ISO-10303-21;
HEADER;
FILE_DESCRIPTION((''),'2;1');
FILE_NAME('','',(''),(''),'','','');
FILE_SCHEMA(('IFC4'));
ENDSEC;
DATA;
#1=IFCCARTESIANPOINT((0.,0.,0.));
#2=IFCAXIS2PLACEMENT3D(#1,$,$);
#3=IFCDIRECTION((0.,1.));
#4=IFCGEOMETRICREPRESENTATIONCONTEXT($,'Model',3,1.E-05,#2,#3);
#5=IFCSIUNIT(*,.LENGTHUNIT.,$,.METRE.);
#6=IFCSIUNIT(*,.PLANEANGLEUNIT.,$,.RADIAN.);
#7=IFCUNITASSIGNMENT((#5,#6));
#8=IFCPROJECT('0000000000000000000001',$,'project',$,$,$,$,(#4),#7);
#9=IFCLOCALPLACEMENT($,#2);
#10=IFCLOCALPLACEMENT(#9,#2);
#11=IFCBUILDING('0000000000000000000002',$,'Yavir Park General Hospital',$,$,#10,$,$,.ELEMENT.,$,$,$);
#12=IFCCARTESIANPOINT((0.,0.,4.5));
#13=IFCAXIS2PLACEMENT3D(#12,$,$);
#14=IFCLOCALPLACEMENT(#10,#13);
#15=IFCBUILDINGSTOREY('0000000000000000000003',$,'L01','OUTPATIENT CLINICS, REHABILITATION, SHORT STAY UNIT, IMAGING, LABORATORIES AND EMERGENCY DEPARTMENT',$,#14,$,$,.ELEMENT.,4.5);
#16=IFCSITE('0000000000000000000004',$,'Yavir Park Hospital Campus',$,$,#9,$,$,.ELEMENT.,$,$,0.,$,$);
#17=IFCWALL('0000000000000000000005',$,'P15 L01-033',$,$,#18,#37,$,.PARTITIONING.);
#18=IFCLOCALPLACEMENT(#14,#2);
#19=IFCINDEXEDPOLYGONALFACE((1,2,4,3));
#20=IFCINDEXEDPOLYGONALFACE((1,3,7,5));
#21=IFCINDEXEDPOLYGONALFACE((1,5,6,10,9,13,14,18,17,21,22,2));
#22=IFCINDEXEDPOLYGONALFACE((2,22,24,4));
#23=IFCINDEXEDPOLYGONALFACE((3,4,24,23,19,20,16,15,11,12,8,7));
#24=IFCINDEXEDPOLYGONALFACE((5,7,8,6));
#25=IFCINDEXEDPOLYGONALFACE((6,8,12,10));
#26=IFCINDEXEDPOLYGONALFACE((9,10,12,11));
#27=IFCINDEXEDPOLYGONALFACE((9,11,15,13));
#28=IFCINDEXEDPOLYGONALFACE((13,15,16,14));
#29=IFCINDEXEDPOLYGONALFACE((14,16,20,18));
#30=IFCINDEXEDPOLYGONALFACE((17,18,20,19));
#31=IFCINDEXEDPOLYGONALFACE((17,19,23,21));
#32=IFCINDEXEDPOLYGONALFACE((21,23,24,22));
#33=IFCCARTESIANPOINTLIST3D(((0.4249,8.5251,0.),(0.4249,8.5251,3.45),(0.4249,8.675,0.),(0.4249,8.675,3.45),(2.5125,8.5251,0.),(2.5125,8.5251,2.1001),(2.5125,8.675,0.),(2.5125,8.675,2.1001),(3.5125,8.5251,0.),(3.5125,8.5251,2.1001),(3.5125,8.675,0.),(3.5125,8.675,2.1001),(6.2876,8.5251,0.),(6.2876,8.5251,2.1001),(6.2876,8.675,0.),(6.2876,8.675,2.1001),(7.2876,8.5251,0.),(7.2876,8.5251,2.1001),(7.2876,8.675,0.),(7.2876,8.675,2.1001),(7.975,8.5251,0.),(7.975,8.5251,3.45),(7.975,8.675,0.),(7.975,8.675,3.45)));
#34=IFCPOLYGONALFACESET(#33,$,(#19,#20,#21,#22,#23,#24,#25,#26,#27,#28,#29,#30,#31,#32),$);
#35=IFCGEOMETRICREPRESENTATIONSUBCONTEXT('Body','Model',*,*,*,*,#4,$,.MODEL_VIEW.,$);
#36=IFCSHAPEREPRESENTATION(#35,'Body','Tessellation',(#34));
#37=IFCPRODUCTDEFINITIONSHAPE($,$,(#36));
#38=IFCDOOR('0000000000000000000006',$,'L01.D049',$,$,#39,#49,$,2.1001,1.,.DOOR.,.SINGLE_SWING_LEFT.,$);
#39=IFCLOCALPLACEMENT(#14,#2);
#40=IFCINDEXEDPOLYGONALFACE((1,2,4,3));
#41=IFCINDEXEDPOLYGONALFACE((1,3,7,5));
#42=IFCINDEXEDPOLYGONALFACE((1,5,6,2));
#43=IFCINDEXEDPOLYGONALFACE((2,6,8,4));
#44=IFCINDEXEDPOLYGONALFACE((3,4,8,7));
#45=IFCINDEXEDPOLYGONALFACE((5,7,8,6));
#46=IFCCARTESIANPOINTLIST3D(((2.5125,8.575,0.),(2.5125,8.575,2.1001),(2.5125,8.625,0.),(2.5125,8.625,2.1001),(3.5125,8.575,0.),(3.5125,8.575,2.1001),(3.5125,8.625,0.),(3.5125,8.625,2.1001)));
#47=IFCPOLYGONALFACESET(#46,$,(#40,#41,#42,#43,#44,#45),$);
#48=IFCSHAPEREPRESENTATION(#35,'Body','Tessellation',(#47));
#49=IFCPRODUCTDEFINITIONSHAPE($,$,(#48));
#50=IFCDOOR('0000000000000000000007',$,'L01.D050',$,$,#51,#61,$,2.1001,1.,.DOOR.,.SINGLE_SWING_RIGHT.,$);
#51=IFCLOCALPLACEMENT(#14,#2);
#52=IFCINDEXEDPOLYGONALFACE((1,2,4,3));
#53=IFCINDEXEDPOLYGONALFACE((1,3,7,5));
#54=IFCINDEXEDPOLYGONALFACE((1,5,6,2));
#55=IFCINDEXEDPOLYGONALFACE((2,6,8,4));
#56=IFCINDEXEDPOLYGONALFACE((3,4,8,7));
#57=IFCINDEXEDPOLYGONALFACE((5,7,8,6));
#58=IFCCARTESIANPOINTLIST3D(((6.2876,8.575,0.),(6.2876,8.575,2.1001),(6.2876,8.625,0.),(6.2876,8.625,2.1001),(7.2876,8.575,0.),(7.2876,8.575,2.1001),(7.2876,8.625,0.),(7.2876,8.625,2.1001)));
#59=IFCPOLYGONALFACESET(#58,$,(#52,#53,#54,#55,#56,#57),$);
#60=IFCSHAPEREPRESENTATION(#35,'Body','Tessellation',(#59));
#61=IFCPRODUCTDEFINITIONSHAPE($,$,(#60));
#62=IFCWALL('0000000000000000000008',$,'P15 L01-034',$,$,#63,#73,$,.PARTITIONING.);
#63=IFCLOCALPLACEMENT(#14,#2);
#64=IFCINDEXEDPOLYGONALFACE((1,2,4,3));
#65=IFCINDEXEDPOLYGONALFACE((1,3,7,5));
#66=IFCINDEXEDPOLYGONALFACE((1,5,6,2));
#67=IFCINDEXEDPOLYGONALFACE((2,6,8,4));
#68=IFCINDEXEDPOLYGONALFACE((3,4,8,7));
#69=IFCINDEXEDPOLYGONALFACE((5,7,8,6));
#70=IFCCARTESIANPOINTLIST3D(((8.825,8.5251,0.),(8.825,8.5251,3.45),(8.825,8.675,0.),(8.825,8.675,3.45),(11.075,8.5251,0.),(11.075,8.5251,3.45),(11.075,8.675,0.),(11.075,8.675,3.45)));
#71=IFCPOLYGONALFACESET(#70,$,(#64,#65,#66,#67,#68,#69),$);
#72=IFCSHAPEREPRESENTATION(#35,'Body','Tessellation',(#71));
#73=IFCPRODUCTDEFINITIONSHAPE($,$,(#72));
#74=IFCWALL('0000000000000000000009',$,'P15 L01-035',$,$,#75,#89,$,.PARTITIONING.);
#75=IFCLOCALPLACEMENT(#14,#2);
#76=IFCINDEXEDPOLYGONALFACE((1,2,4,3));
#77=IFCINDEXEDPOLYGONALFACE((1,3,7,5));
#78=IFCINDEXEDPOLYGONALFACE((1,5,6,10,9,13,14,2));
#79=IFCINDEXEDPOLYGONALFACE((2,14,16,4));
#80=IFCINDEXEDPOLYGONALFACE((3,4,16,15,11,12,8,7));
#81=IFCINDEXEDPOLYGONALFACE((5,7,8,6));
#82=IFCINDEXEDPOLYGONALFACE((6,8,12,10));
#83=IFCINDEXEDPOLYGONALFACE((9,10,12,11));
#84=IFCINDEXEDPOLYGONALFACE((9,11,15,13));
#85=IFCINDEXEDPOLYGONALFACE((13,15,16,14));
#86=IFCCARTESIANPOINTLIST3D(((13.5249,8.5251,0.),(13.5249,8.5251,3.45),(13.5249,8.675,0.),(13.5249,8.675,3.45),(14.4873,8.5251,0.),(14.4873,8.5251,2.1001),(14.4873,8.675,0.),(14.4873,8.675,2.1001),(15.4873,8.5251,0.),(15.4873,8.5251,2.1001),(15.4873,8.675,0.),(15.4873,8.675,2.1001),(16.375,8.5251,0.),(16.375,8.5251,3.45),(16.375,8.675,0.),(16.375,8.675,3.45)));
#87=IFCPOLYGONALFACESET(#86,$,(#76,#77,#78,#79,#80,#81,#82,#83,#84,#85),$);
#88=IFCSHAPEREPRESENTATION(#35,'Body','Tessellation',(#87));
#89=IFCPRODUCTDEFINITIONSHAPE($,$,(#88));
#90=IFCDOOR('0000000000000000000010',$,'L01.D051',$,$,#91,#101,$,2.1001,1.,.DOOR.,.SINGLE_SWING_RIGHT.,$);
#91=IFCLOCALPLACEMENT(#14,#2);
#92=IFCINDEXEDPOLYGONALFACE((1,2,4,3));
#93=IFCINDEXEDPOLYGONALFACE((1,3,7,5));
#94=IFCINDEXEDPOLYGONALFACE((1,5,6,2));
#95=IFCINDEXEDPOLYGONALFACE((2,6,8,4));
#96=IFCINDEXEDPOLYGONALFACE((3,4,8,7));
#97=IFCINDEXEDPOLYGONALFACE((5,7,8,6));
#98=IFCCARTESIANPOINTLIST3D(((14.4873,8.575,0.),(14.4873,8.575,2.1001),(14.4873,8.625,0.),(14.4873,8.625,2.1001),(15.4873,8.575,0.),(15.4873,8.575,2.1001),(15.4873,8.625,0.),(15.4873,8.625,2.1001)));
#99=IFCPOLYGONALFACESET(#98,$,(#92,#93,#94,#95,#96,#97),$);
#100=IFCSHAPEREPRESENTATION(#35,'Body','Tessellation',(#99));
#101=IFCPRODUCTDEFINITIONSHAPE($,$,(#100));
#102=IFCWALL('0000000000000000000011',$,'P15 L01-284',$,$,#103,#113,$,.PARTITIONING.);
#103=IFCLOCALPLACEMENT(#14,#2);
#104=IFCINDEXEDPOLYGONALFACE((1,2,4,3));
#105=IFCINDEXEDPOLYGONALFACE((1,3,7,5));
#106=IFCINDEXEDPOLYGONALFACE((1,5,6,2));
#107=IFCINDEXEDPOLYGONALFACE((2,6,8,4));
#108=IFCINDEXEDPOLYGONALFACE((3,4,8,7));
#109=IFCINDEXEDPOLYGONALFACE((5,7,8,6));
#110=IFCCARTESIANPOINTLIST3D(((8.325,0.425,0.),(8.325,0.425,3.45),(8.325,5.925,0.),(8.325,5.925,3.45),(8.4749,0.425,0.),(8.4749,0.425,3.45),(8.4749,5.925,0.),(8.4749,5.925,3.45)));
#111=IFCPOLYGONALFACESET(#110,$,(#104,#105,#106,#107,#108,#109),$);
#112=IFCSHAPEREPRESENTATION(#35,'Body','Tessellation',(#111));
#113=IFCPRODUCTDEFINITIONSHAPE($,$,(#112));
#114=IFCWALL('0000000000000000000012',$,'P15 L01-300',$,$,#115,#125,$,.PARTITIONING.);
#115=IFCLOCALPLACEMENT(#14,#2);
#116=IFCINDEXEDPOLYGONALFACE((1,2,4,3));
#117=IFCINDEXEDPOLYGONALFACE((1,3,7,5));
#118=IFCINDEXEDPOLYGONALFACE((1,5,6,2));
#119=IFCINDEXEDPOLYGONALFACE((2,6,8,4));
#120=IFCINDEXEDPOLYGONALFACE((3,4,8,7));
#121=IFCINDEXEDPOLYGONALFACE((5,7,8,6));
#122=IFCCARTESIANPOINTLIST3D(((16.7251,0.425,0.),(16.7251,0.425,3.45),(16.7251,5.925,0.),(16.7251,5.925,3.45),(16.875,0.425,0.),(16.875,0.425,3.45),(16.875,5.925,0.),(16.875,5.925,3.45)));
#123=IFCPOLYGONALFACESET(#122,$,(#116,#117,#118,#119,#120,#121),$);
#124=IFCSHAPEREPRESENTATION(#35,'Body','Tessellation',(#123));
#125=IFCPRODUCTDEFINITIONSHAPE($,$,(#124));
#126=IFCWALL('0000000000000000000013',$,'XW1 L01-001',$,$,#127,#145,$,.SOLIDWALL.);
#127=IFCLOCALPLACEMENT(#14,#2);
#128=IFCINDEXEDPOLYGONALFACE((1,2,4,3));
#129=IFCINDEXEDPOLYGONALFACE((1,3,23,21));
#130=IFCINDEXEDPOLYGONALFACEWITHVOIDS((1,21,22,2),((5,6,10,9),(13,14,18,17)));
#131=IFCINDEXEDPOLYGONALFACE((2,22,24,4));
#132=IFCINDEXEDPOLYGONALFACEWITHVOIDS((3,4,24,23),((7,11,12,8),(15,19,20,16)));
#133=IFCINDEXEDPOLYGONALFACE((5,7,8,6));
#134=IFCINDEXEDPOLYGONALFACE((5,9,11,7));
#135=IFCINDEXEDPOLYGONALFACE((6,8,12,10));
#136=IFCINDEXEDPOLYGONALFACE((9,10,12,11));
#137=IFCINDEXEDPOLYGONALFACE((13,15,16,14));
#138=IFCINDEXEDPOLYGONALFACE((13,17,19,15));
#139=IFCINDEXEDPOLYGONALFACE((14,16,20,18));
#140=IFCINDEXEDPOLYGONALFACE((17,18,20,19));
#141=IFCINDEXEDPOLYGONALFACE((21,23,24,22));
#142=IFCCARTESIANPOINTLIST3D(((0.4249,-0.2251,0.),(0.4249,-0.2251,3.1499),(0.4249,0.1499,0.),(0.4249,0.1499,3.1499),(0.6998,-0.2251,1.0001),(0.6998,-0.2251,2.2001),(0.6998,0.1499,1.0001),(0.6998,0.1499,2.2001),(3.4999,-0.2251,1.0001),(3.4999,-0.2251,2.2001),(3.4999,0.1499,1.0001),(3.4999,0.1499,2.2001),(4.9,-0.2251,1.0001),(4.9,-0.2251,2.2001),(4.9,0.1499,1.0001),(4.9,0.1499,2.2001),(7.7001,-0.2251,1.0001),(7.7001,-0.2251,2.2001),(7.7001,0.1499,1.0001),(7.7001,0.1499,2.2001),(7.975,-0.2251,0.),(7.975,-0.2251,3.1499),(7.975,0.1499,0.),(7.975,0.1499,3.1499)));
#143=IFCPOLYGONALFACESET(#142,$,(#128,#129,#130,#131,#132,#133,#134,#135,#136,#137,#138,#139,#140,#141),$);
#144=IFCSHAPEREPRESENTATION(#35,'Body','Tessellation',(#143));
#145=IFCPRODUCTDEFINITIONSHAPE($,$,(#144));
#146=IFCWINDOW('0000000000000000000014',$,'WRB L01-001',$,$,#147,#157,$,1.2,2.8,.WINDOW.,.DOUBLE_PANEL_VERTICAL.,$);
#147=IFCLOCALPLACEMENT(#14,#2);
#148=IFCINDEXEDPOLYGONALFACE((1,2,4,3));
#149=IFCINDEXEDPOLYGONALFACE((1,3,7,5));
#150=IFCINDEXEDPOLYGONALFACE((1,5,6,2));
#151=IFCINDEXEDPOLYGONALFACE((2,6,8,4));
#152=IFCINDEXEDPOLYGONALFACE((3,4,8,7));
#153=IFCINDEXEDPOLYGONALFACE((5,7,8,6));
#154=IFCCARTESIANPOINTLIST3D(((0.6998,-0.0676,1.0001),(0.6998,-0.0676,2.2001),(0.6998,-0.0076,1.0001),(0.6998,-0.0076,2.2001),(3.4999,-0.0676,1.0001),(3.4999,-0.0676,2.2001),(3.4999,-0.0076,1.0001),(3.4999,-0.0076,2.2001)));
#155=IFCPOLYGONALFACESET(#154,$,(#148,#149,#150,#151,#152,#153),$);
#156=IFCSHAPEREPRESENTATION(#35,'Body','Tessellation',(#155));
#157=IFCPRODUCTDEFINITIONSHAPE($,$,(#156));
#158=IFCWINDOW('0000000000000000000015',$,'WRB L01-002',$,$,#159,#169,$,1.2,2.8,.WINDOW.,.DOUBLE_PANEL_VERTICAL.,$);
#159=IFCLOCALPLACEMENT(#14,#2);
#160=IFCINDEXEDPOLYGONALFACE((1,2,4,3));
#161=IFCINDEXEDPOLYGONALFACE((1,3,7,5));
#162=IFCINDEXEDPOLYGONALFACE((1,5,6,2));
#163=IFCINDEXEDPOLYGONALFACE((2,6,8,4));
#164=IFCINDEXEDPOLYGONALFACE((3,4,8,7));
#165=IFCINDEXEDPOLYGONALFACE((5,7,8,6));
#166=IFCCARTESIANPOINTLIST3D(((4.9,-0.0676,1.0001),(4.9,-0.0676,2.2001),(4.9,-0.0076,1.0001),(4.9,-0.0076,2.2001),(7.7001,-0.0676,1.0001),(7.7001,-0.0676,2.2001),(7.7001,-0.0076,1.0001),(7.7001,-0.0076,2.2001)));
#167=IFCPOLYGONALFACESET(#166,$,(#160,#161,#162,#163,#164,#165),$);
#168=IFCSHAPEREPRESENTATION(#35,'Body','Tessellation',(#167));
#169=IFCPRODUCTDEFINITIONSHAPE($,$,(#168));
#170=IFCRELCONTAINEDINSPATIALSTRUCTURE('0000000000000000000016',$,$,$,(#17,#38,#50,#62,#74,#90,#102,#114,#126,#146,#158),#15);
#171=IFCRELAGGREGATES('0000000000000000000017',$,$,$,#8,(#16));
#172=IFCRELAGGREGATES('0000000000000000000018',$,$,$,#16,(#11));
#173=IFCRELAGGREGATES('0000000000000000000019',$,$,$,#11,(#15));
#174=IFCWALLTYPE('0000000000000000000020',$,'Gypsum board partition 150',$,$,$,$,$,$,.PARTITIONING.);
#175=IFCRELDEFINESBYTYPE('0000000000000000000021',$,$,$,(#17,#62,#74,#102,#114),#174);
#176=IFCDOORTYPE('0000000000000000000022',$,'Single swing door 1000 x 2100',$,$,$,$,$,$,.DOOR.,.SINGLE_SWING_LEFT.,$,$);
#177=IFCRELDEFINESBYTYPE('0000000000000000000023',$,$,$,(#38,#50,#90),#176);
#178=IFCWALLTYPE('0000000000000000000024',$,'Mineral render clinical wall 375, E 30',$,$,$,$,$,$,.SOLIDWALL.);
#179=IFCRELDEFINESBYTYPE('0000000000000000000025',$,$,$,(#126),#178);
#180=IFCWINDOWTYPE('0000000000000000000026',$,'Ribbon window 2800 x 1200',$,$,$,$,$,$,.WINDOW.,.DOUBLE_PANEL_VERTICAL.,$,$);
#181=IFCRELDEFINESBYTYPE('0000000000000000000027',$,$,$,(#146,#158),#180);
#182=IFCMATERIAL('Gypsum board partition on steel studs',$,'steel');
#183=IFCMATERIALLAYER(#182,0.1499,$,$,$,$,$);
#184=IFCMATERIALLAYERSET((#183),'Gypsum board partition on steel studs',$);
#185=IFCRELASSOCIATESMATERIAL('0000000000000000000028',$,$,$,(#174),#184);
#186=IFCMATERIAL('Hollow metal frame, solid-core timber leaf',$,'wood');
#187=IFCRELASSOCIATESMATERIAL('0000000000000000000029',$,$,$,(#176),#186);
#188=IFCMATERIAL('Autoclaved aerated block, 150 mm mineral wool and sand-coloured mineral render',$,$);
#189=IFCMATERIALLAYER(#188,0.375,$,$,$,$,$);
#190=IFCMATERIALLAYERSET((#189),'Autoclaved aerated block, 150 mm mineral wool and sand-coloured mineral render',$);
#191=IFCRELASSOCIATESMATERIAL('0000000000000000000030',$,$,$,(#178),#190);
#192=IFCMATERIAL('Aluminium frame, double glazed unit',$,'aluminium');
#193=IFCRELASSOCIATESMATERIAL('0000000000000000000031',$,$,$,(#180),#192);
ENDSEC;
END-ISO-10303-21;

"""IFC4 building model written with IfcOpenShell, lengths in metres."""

from ifc_helpers import new_model, si_unit, direction, frame, frame_2d, origin, place, context, subcontext, project, spatial, rectangle, extrude, material, layer, layer_set, type_object, element, fill, save


model = new_model("IFC4")

# Units and contexts
model_context = context("Model", 3, precision=1e-05, world=origin(), true_north=direction((0.0, 1.0)))
body_context = subcontext(model_context, "Body", "Model", "MODEL_VIEW")
ifc_project = project(units=[si_unit("LENGTHUNIT", "METRE"), si_unit("PLANEANGLEUNIT", "RADIAN")], contexts=[model_context])

# Site, building, storey
site_placement = place(None, origin())
site = spatial("IfcSite", under=ifc_project, at=site_placement, Name="Yavir Park Hospital Campus", CompositionType="ELEMENT", RefElevation=0.0)
building_placement = place(site_placement, origin())
building = spatial("IfcBuilding", under=site, at=building_placement, Name="Yavir Park General Hospital", CompositionType="ELEMENT")
storey_placement = place(building_placement, frame((0.0, 0.0, 4.5)))
storey = spatial("IfcBuildingStorey", under=building, at=storey_placement, Name="L01", Description="OUTPATIENT CLINICS, REHABILITATION, SHORT STAY UNIT, IMAGING, LABORATORIES AND EMERGENCY DEPARTMENT", CompositionType="ELEMENT", Elevation=4.5)

# Wall, openings, doors
ifc_material_1 = material(Name="Gypsum board partition on steel studs", Category="steel")
ifc_layer_1 = layer(ifc_material_1, 0.1499)
ifc_layer_set_1 = layer_set([ifc_layer_1], Name="Gypsum board partition on steel studs")
wall_type_1 = type_object("IfcWallType", Name="Gypsum board partition 150", PredefinedType="PARTITIONING", material=ifc_layer_set_1)
ifc_material_2 = material(Name="Hollow metal frame, solid-core timber leaf", Category="wood")
door_type_1 = type_object("IfcDoorType", Name="Single swing door 1000 x 2100", OperationType="SINGLE_SWING_LEFT", PredefinedType="DOOR", material=ifc_material_2)
wall_1_placement = place(storey_placement, frame((0.425, 8.6001, 0.0), z_axis=(0.0, 0.0, 1.0), x_axis=(1.0, 0.0, 0.0)))
wall_1 = element("IfcWall", 1, at=wall_1_placement, inside=storey, type_object=wall_type_1, Name="P15 L01-033", PredefinedType="PARTITIONING", context=body_context, shape_type="SweptSolid", body=[
    extrude(rectangle(XDim=7.55, YDim=0.1499, at=frame_2d((3.7749, 0.0))), origin(), (0.0, 0.0, 1.0), 3.45),
])
opening_1_placement = place(wall_1_placement, frame((2.0874, 0.0, 0.0)))
opening_1 = element("IfcOpeningElement", 2, at=opening_1_placement, cuts=wall_1, PredefinedType="OPENING", context=body_context, shape_type="SweptSolid", body=[
    extrude(rectangle(XDim=1.0, YDim=2.1001, at=frame_2d((0.5, 1.05))), frame((0.0, 0.085, 0.0), z_axis=(0.0, -1.0, 0.0), x_axis=(1.0, 0.0, 0.0)), (0.0, 0.0, 1.0), 0.1699),
])
opening_2_placement = place(wall_1_placement, frame((5.8625, 0.0, 0.0)))
opening_2 = element("IfcOpeningElement", 3, at=opening_2_placement, cuts=wall_1, PredefinedType="OPENING", context=body_context, shape_type="SweptSolid", body=[
    extrude(rectangle(XDim=1.0, YDim=2.1001, at=frame_2d((0.5, 1.05))), frame((0.0, 0.085, 0.0), z_axis=(0.0, -1.0, 0.0), x_axis=(1.0, 0.0, 0.0)), (0.0, 0.0, 1.0), 0.1699),
])
door_1_placement = place(opening_1_placement, origin())
door_1 = element("IfcDoor", 4, at=door_1_placement, inside=storey, type_object=door_type_1, Name="L01.D049", OperationType="SINGLE_SWING_LEFT", OverallHeight=2.1001, OverallWidth=1.0, PredefinedType="DOOR", context=body_context, shape_type="SweptSolid", body=[
    extrude(rectangle(XDim=1.0, YDim=2.1001, at=frame_2d((0.5, 1.05))), frame((0.0, 0.0249, 0.0), z_axis=(0.0, -1.0, 0.0), x_axis=(1.0, 0.0, 0.0)), (0.0, 0.0, 1.0), 0.05),
])
fill(opening_1, door_1)
door_2_placement = place(opening_2_placement, origin())
door_2 = element("IfcDoor", 5, at=door_2_placement, inside=storey, type_object=door_type_1, Name="L01.D050", OperationType="SINGLE_SWING_RIGHT", OverallHeight=2.1001, OverallWidth=1.0, PredefinedType="DOOR", context=body_context, shape_type="SweptSolid", body=[
    extrude(rectangle(XDim=1.0, YDim=2.1001, at=frame_2d((0.5, 1.05))), frame((0.0, 0.0249, 0.0), z_axis=(0.0, -1.0, 0.0), x_axis=(1.0, 0.0, 0.0)), (0.0, 0.0, 1.0), 0.05),
])
fill(opening_2, door_2)

# Wall
wall_2_placement = place(storey_placement, frame((8.825, 8.6001, 0.0), z_axis=(0.0, 0.0, 1.0), x_axis=(1.0, 0.0, 0.0)))
element("IfcWall", 6, at=wall_2_placement, inside=storey, type_object=wall_type_1, Name="P15 L01-034", PredefinedType="PARTITIONING", context=body_context, shape_type="SweptSolid", body=[
    extrude(rectangle(XDim=2.25, YDim=0.1499, at=frame_2d((1.125, 0.0))), origin(), (0.0, 0.0, 1.0), 3.45),
])

# Wall, opening, door
wall_3_placement = place(storey_placement, frame((13.5249, 8.6001, 0.0), z_axis=(0.0, 0.0, 1.0), x_axis=(1.0, 0.0, 0.0)))
wall_3 = element("IfcWall", 7, at=wall_3_placement, inside=storey, type_object=wall_type_1, Name="P15 L01-035", PredefinedType="PARTITIONING", context=body_context, shape_type="SweptSolid", body=[
    extrude(rectangle(XDim=2.8501, YDim=0.1499, at=frame_2d((1.425, 0.0))), origin(), (0.0, 0.0, 1.0), 3.45),
])
opening_3_placement = place(wall_3_placement, frame((0.9624, 0.0, 0.0)))
opening_3 = element("IfcOpeningElement", 8, at=opening_3_placement, cuts=wall_3, PredefinedType="OPENING", context=body_context, shape_type="SweptSolid", body=[
    extrude(rectangle(XDim=1.0, YDim=2.1001, at=frame_2d((0.5, 1.05))), frame((0.0, 0.085, 0.0), z_axis=(0.0, -1.0, 0.0), x_axis=(1.0, 0.0, 0.0)), (0.0, 0.0, 1.0), 0.1699),
])
door_3_placement = place(opening_3_placement, origin())
door_3 = element("IfcDoor", 9, at=door_3_placement, inside=storey, type_object=door_type_1, Name="L01.D051", OperationType="SINGLE_SWING_RIGHT", OverallHeight=2.1001, OverallWidth=1.0, PredefinedType="DOOR", context=body_context, shape_type="SweptSolid", body=[
    extrude(rectangle(XDim=1.0, YDim=2.1001, at=frame_2d((0.5, 1.05))), frame((0.0, 0.0249, 0.0), z_axis=(0.0, -1.0, 0.0), x_axis=(1.0, 0.0, 0.0)), (0.0, 0.0, 1.0), 0.05),
])
fill(opening_3, door_3)

# Walls
for number, where, z_axis, x_axis, name in (
    (10, (8.3999, 0.425, 0.0), (0.0, 0.0, 1.0), (0.0, 1.0, 0.0), "P15 L01-284"),
    (11, (16.8, 0.425, 0.0), (0.0, 0.0, 1.0), (0.0, 1.0, 0.0), "P15 L01-300"),
):
    element("IfcWall", number, at=place(storey_placement, frame(where, z_axis=z_axis, x_axis=x_axis)), inside=storey, type_object=wall_type_1, Name=name, PredefinedType="PARTITIONING", context=body_context, shape_type="SweptSolid", body=[
        extrude(rectangle(XDim=5.5, YDim=0.1499, at=frame_2d((2.75, 0.0))), origin(), (0.0, 0.0, 1.0), 3.45),
    ])

# Wall, openings, windows
ifc_material_3 = material(Name="Autoclaved aerated block, 150 mm mineral wool and sand-coloured mineral render")
ifc_layer_2 = layer(ifc_material_3, 0.375)
ifc_layer_set_2 = layer_set([ifc_layer_2], Name="Autoclaved aerated block, 150 mm mineral wool and sand-coloured mineral render")
wall_type_2 = type_object("IfcWallType", Name="Mineral render clinical wall 375, E 30", PredefinedType="SOLIDWALL", material=ifc_layer_set_2)
wall_4_placement = place(storey_placement, frame((0.425, -0.0376, 0.0), z_axis=(0.0, 0.0, 1.0), x_axis=(1.0, 0.0, 0.0)))
wall_4 = element("IfcWall", 12, at=wall_4_placement, inside=storey, type_object=wall_type_2, Name="XW1 L01-001", PredefinedType="SOLIDWALL", context=body_context, shape_type="SweptSolid", body=[
    extrude(rectangle(XDim=7.55, YDim=0.375, at=frame_2d((3.7749, 0.0))), origin(), (0.0, 0.0, 1.0), 3.1499),
])
opening_4_placement = place(wall_4_placement, frame((0.2749, 0.0, 1.0)))
opening_4 = element("IfcOpeningElement", 13, at=opening_4_placement, cuts=wall_4, PredefinedType="OPENING", context=body_context, shape_type="SweptSolid", body=[
    extrude(rectangle(XDim=2.8, YDim=1.2, at=frame_2d((1.3999, 0.6001))), frame((0.0, 0.1975, 0.0), z_axis=(0.0, -1.0, 0.0), x_axis=(1.0, 0.0, 0.0)), (0.0, 0.0, 1.0), 0.395),
])
opening_5_placement = place(wall_4_placement, frame((4.4751, 0.0, 1.0)))
opening_5 = element("IfcOpeningElement", 14, at=opening_5_placement, cuts=wall_4, PredefinedType="OPENING", context=body_context, shape_type="SweptSolid", body=[
    extrude(rectangle(XDim=2.8, YDim=1.2, at=frame_2d((1.3999, 0.6001))), frame((0.0, 0.1975, 0.0), z_axis=(0.0, -1.0, 0.0), x_axis=(1.0, 0.0, 0.0)), (0.0, 0.0, 1.0), 0.395),
])
ifc_material_4 = material(Name="Aluminium frame, double glazed unit", Category="aluminium")
window_type = type_object("IfcWindowType", Name="Ribbon window 2800 x 1200", PartitioningType="DOUBLE_PANEL_VERTICAL", PredefinedType="WINDOW", material=ifc_material_4)
window_1_placement = place(opening_4_placement, origin())
window_1 = element("IfcWindow", 15, at=window_1_placement, inside=storey, type_object=window_type, Name="WRB L01-001", OverallHeight=1.2, OverallWidth=2.8, PartitioningType="DOUBLE_PANEL_VERTICAL", PredefinedType="WINDOW", context=body_context, shape_type="SweptSolid", body=[
    extrude(rectangle(XDim=2.8, YDim=1.2, at=frame_2d((1.3999, 0.6001))), frame((0.0, 0.03, 0.0), z_axis=(0.0, -1.0, 0.0), x_axis=(1.0, 0.0, 0.0)), (0.0, 0.0, 1.0), 0.0601),
])
fill(opening_4, window_1)
window_2_placement = place(opening_5_placement, origin())
window_2 = element("IfcWindow", 16, at=window_2_placement, inside=storey, type_object=window_type, Name="WRB L01-002", OverallHeight=1.2, OverallWidth=2.8, PartitioningType="DOUBLE_PANEL_VERTICAL", PredefinedType="WINDOW", context=body_context, shape_type="SweptSolid", body=[
    extrude(rectangle(XDim=2.8, YDim=1.2, at=frame_2d((1.3999, 0.6001))), frame((0.0, 0.03, 0.0), z_axis=(0.0, -1.0, 0.0), x_axis=(1.0, 0.0, 0.0)), (0.0, 0.0, 1.0), 0.0601),
])
fill(opening_5, window_2)

save(model, "model.ifc")
